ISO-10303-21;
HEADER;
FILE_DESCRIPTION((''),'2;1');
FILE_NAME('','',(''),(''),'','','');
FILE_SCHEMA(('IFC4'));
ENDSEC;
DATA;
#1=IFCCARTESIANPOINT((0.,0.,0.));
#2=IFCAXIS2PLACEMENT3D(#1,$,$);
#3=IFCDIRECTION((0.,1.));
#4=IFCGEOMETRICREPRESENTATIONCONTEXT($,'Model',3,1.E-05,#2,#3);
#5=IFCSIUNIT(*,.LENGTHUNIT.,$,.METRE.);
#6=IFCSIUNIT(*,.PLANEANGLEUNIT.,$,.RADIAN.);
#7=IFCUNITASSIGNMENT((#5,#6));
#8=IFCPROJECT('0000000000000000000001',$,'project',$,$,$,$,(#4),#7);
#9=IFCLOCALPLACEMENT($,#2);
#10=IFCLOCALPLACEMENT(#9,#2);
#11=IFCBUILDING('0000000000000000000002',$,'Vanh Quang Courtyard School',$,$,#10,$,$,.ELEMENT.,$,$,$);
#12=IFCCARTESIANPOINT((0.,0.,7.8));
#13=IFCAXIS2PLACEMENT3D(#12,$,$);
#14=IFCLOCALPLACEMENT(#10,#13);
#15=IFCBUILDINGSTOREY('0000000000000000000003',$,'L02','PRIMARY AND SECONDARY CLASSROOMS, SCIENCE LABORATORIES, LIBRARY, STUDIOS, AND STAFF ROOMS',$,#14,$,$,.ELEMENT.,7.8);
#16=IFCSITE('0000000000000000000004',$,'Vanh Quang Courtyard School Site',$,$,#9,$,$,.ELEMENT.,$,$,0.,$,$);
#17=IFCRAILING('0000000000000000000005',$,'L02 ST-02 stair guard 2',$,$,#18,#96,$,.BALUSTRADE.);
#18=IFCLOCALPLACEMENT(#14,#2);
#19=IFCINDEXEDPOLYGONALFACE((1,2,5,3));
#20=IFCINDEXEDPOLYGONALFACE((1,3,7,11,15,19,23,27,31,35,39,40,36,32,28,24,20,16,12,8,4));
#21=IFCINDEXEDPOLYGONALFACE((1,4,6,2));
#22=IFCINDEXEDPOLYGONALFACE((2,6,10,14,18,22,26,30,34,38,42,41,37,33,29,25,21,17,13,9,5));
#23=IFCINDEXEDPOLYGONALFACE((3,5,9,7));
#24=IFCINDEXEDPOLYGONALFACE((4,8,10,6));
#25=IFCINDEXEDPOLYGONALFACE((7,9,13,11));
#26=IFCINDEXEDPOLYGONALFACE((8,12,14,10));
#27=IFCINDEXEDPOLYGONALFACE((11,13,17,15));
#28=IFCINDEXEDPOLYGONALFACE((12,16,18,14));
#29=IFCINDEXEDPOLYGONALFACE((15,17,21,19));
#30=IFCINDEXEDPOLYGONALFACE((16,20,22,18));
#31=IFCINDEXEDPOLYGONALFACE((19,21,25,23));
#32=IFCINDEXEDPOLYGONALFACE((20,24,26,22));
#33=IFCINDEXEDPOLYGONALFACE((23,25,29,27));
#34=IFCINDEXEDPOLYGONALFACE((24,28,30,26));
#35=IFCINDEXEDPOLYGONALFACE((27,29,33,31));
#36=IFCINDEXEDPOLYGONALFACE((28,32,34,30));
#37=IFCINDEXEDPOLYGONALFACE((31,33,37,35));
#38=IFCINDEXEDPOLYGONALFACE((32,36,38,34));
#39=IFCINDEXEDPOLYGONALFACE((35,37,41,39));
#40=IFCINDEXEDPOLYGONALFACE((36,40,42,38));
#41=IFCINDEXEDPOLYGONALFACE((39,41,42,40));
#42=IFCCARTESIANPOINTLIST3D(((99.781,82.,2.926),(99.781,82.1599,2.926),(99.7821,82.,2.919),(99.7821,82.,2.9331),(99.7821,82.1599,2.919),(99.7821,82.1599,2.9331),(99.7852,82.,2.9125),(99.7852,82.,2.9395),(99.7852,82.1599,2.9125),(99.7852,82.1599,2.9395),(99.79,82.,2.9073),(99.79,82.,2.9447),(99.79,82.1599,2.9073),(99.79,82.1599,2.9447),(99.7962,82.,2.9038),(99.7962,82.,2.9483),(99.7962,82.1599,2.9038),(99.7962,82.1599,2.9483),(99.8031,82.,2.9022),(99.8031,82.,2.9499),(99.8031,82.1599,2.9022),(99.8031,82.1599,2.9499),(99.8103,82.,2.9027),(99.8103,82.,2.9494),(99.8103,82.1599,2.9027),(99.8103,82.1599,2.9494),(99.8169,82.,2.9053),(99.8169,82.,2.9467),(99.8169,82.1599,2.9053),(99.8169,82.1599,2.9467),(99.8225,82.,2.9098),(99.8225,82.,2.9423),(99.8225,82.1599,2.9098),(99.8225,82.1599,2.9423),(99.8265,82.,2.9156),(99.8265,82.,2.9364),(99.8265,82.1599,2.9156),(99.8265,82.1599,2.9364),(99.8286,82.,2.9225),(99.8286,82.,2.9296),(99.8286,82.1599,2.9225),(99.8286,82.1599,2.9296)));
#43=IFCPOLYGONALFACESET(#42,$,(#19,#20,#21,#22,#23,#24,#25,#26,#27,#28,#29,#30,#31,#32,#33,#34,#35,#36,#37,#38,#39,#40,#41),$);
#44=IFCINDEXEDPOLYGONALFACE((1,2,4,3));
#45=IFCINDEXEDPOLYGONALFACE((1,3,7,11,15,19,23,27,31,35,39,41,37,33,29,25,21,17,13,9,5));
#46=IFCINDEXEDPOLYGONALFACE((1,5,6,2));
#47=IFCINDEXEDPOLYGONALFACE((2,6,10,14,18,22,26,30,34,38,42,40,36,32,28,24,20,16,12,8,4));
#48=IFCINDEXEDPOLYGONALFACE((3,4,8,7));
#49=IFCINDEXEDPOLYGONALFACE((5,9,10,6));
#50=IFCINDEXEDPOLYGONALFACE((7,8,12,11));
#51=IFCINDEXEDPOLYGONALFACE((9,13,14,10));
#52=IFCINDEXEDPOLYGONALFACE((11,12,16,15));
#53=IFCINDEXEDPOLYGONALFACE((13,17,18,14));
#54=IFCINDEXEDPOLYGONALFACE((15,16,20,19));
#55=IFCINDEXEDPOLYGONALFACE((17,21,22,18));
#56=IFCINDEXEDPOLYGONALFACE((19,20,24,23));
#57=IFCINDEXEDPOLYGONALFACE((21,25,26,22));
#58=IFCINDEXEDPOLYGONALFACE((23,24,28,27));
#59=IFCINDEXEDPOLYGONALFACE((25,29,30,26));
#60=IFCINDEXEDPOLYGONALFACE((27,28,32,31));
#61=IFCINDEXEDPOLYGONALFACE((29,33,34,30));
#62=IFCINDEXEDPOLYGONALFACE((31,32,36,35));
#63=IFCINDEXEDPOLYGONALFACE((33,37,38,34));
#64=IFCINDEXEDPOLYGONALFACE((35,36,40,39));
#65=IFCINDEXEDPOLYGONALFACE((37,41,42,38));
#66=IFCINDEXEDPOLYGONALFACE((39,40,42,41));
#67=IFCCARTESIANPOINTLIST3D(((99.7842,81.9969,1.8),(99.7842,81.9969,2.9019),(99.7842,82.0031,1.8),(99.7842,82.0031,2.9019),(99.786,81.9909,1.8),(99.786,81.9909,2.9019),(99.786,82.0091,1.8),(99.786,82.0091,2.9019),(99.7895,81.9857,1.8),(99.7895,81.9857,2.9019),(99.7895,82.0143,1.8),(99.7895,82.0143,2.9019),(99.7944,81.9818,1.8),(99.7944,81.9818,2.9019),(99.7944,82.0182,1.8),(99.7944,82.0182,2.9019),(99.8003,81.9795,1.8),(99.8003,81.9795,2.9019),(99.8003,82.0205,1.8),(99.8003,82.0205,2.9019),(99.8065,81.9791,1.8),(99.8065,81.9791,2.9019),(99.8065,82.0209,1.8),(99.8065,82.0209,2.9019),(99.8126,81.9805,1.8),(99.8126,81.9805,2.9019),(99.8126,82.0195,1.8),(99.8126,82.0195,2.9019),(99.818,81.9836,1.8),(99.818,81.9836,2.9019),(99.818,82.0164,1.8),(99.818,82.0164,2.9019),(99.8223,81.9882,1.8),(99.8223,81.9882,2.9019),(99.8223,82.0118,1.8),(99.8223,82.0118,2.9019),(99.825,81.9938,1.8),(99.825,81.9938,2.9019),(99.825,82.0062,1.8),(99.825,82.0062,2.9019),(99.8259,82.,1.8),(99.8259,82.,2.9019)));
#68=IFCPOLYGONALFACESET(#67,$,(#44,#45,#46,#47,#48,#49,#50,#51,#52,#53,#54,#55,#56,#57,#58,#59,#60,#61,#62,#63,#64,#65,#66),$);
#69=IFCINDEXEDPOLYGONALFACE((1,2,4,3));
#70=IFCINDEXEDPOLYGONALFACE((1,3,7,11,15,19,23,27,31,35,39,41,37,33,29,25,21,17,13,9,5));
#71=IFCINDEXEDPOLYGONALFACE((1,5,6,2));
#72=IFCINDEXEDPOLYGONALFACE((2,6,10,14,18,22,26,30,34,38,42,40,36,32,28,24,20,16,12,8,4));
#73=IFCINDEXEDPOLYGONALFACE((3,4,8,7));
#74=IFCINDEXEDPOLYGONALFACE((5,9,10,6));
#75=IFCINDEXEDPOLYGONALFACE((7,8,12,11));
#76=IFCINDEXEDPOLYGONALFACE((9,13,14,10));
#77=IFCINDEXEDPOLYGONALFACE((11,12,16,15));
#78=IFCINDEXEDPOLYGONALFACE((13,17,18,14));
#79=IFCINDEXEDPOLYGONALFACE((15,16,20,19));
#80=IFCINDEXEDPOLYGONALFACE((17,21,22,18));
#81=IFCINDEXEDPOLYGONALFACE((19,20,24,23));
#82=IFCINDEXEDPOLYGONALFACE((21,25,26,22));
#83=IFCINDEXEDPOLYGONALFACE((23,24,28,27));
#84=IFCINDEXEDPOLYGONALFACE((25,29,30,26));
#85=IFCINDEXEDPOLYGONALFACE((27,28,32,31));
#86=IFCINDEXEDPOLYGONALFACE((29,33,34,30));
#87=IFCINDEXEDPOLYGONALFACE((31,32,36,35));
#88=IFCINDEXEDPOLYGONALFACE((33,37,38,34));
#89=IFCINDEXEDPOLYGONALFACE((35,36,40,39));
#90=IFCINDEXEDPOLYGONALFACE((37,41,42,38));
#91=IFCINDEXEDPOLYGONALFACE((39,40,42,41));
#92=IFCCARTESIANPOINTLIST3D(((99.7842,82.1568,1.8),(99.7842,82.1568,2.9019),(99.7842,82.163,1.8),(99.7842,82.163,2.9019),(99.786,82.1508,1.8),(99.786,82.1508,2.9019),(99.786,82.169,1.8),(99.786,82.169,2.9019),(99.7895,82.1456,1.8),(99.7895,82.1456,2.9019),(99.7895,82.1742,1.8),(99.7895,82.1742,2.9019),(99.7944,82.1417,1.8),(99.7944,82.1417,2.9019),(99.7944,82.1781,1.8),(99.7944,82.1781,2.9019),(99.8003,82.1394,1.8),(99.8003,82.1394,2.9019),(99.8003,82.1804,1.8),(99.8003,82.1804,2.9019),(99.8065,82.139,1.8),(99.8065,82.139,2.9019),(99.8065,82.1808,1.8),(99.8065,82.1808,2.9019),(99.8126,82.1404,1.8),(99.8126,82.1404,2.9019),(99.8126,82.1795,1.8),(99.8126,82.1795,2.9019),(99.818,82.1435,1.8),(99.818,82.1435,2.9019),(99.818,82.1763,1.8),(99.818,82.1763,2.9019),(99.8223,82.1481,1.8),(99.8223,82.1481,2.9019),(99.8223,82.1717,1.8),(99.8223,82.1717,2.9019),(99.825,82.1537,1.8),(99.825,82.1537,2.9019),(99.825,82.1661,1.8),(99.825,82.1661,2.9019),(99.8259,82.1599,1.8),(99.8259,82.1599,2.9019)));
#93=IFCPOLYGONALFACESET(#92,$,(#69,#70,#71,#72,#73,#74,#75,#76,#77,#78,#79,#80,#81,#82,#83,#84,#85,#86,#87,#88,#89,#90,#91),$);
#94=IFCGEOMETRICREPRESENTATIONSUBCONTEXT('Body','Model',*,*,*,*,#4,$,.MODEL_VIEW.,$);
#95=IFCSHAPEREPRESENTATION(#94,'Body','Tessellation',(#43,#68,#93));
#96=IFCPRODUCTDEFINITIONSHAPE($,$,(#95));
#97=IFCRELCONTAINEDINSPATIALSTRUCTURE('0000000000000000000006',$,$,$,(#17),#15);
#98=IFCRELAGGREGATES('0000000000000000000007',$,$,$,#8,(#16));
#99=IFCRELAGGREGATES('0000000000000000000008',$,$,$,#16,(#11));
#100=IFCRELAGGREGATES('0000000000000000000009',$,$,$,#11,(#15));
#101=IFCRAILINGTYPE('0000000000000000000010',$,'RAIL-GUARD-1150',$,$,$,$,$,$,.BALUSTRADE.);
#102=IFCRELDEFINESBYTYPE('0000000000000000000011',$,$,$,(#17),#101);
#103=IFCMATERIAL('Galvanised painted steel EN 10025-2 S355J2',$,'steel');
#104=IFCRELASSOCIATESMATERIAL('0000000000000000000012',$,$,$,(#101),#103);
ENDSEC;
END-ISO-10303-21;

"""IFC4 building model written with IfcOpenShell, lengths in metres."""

from ifc_helpers import new_model, si_unit, direction, frame, origin, origin_2d, place, context, subcontext, project, spatial, circle, extrude, material, type_object, element, save


model = new_model("IFC4")

# Units and contexts
model_context = context("Model", 3, precision=1e-05, world=origin(), true_north=direction((0.0, 1.0)))
body_context = subcontext(model_context, "Body", "Model", "MODEL_VIEW")
ifc_project = project(units=[si_unit("LENGTHUNIT", "METRE"), si_unit("PLANEANGLEUNIT", "RADIAN")], contexts=[model_context])

# Site, building, storey
site_placement = place(None, origin())
site = spatial("IfcSite", under=ifc_project, at=site_placement, Name="Vanh Quang Courtyard School Site", CompositionType="ELEMENT", RefElevation=0.0)
building_placement = place(site_placement, origin())
building = spatial("IfcBuilding", under=site, at=building_placement, Name="Vanh Quang Courtyard School", CompositionType="ELEMENT")
storey_placement = place(building_placement, frame((0.0, 0.0, 7.8)))
storey = spatial("IfcBuildingStorey", under=building, at=storey_placement, Name="L02", Description="PRIMARY AND SECONDARY CLASSROOMS, SCIENCE LABORATORIES, LIBRARY, STUDIOS, AND STAFF ROOMS", CompositionType="ELEMENT", Elevation=7.8)

# Railing
ifc_material_1 = material(Name="Galvanised painted steel EN 10025-2 S355J2", Category="steel")
railing_type_1 = type_object("IfcRailingType", Name="RAIL-GUARD-1150", PredefinedType="BALUSTRADE", material=ifc_material_1)
railing_1_placement = place(storey_placement, frame((99.8049, 82.0, 1.8)))
element("IfcRailing", 1, at=railing_1_placement, inside=storey, type_object=railing_type_1, Name="L02 ST-02 stair guard 2", PredefinedType="BALUSTRADE", context=body_context, shape_type="SweptSolid", body=[
    extrude(circle(Radius=0.0239, at=origin_2d()), frame((0.0, 0.0, 1.126), z_axis=(0.0, 1.0, 0.0), x_axis=(-1.0, 0.0, 0.0)), (0.0, 0.0, 1.0), 0.1599),
    extrude(circle(Radius=0.021, at=origin_2d()), origin(), (0.0, 0.0, 1.0), 1.1018),
    extrude(circle(Radius=0.021, at=origin_2d()), frame((0.0, 0.1599, 0.0)), (0.0, 0.0, 1.0), 1.1018),
])

save(model, "model.ifc")
